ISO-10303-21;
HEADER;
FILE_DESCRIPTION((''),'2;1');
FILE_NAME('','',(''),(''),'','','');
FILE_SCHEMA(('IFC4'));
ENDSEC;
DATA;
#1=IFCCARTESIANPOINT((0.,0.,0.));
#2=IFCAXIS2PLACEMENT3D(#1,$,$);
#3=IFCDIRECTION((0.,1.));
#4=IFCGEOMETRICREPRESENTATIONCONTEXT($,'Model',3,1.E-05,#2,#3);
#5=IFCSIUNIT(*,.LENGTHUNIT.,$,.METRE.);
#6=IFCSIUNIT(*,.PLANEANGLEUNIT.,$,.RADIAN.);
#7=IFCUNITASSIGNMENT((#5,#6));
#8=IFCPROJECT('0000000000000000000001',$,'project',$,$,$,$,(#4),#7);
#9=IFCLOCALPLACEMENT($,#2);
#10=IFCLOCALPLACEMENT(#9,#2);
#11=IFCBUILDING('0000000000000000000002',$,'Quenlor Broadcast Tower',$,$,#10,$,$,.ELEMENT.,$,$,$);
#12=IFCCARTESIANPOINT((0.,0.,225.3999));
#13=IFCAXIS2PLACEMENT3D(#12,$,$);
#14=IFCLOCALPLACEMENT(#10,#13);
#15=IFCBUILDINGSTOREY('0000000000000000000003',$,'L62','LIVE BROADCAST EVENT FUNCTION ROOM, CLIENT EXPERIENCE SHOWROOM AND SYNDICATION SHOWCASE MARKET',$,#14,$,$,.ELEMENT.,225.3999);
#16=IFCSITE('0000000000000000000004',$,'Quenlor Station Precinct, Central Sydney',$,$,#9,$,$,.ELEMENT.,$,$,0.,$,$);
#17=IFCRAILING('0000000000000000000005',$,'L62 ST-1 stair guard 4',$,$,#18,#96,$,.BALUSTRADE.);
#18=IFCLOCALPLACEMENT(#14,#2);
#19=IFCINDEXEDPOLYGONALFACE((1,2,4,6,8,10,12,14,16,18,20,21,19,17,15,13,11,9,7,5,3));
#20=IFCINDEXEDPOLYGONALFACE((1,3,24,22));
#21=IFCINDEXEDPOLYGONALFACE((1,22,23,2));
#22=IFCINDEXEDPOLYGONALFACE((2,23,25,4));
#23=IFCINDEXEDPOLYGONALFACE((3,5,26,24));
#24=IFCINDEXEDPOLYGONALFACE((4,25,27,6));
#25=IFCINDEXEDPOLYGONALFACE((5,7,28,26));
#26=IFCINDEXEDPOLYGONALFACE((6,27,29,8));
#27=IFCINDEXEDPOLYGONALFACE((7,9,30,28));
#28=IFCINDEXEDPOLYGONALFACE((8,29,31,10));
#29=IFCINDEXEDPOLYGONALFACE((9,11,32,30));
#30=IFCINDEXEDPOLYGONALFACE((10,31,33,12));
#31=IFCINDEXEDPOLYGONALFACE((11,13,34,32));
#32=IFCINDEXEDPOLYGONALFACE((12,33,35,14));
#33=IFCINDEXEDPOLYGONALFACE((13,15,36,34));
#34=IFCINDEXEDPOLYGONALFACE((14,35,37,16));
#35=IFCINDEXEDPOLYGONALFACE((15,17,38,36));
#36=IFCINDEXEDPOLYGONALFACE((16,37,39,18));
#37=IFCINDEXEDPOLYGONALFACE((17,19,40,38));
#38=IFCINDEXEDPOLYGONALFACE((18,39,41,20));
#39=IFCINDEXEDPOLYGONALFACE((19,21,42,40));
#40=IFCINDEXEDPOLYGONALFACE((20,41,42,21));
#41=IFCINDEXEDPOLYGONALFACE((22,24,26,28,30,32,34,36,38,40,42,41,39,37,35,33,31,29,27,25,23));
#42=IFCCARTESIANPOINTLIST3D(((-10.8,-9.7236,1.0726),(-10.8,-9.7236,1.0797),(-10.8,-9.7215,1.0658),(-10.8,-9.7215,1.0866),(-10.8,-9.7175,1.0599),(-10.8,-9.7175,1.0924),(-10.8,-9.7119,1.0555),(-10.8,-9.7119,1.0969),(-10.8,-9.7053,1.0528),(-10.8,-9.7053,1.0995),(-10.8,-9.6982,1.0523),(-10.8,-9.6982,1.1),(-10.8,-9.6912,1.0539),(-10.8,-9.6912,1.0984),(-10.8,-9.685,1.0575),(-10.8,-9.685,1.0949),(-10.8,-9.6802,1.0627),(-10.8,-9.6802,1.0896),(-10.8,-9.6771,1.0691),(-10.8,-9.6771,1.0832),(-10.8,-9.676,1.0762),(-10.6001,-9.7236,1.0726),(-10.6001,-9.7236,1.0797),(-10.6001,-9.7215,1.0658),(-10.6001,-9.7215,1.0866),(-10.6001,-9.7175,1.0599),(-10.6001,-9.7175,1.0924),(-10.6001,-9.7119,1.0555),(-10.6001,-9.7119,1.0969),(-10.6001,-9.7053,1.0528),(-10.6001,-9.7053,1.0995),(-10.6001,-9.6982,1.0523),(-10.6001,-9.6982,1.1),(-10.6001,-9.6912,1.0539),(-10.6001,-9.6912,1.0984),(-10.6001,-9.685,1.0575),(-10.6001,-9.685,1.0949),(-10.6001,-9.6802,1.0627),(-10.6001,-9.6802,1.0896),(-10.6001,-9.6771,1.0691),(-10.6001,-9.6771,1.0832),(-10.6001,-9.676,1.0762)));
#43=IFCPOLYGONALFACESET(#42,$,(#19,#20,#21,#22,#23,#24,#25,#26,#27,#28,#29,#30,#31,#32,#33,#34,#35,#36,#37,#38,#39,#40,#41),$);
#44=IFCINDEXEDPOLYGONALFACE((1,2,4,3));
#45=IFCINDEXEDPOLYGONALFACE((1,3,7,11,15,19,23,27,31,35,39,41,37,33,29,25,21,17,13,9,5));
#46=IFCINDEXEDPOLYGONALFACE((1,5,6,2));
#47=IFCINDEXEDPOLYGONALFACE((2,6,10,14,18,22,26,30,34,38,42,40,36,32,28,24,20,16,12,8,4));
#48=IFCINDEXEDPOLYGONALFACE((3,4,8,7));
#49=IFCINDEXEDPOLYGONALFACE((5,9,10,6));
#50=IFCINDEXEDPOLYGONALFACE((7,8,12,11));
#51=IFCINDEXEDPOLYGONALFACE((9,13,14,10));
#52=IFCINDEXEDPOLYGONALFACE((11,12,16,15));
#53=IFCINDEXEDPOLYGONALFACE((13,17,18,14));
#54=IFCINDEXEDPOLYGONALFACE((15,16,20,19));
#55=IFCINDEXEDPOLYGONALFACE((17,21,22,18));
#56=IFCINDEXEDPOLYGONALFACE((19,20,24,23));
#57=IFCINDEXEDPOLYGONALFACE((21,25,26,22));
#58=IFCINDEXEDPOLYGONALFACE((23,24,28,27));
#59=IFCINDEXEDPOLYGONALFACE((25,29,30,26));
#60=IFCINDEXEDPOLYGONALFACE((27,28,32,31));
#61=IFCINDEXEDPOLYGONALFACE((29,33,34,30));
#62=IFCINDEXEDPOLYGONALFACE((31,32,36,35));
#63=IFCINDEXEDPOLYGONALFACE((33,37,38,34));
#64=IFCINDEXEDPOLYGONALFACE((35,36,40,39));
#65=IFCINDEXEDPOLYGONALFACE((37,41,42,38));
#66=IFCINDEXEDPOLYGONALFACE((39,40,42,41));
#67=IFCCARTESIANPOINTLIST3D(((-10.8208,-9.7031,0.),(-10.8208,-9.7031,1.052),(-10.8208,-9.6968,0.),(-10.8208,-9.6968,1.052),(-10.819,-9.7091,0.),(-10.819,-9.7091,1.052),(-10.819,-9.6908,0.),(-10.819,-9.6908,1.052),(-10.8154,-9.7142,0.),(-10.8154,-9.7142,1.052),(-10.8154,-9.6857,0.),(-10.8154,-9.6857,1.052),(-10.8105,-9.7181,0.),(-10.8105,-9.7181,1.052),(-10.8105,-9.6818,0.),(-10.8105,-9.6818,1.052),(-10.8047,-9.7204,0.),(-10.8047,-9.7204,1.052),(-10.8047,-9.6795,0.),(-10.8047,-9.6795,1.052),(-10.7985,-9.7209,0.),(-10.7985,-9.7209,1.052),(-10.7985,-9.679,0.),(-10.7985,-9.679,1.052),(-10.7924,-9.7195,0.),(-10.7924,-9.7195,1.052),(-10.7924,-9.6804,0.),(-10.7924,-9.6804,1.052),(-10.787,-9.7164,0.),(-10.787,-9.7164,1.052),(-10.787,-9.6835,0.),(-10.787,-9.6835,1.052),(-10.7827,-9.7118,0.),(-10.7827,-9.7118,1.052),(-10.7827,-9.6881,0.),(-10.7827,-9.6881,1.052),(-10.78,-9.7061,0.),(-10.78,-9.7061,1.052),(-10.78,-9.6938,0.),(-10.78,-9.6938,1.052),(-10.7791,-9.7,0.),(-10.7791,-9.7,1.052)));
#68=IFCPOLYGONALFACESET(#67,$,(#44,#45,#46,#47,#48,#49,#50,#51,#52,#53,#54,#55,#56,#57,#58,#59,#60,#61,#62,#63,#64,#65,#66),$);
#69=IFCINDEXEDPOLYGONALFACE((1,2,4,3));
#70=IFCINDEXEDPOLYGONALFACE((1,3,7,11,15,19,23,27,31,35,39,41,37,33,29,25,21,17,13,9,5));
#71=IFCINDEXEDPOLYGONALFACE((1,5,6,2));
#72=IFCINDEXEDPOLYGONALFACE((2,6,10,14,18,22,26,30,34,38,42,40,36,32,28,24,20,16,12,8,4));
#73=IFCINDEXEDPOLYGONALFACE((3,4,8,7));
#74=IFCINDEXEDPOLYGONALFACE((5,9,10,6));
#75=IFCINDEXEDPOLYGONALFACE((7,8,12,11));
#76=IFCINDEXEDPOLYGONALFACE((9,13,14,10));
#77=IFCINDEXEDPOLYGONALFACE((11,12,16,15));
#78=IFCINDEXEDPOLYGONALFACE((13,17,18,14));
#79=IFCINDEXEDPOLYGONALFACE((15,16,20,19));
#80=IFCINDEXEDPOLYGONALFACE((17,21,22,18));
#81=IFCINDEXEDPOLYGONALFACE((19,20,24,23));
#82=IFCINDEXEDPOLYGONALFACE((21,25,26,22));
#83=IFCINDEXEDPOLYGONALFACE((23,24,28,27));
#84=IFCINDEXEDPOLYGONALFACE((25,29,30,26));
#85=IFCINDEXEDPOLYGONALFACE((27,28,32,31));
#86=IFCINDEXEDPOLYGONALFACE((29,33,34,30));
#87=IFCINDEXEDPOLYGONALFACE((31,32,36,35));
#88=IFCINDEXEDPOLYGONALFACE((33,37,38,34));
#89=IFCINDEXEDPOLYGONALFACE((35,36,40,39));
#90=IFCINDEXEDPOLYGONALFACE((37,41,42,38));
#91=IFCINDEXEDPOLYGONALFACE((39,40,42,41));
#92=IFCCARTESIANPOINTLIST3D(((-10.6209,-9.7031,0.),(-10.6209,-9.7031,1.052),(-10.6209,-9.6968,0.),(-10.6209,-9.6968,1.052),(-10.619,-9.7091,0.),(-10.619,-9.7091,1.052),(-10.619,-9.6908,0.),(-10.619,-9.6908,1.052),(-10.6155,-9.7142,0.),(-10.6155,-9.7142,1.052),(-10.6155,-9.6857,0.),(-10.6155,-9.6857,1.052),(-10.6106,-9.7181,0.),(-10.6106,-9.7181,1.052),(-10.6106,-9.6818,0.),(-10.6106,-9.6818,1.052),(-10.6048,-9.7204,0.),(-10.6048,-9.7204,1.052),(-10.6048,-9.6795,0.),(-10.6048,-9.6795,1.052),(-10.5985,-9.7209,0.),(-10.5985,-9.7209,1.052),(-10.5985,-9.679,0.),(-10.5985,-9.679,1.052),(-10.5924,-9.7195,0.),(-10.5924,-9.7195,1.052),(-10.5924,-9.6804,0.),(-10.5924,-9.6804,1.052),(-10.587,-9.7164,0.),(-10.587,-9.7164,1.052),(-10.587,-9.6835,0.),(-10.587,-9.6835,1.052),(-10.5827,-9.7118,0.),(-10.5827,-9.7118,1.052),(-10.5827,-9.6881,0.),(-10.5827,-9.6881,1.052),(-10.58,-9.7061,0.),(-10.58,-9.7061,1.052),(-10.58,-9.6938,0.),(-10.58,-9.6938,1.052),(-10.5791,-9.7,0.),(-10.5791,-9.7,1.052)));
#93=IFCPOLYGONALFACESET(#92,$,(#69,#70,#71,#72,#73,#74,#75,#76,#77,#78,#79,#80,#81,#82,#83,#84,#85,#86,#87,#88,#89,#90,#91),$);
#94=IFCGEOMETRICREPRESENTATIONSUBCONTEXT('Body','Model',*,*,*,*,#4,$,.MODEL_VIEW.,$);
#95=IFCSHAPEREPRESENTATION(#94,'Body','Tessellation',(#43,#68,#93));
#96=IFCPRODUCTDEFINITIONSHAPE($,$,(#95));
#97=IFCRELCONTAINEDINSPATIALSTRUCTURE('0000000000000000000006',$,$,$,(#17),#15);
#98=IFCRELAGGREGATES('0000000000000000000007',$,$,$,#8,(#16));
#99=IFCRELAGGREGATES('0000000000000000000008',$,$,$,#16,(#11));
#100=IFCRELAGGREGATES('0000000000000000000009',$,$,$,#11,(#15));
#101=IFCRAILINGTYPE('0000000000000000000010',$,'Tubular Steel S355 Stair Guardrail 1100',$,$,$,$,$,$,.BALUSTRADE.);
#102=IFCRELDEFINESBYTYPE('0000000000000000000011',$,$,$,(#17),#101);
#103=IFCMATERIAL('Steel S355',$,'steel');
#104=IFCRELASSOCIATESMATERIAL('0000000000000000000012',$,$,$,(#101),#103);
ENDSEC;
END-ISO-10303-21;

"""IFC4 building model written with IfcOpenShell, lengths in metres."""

from ifc_helpers import new_model, si_unit, direction, frame, origin, origin_2d, place, context, subcontext, project, spatial, circle, extrude, material, type_object, element, save


model = new_model("IFC4")

# Units and contexts
model_context = context("Model", 3, precision=1e-05, world=origin(), true_north=direction((0.0, 1.0)))
body_context = subcontext(model_context, "Body", "Model", "MODEL_VIEW")
ifc_project = project(units=[si_unit("LENGTHUNIT", "METRE"), si_unit("PLANEANGLEUNIT", "RADIAN")], contexts=[model_context])

# Site, building, storey
site_placement = place(None, origin())
site = spatial("IfcSite", under=ifc_project, at=site_placement, Name="Quenlor Station Precinct, Central Sydney", CompositionType="ELEMENT", RefElevation=0.0)
building_placement = place(site_placement, origin())
building = spatial("IfcBuilding", under=site, at=building_placement, Name="Quenlor Broadcast Tower", CompositionType="ELEMENT")
storey_placement = place(building_placement, frame((0.0, 0.0, 225.3999)))
storey = spatial("IfcBuildingStorey", under=building, at=storey_placement, Name="L62", Description="LIVE BROADCAST EVENT FUNCTION ROOM, CLIENT EXPERIENCE SHOWROOM AND SYNDICATION SHOWCASE MARKET", CompositionType="ELEMENT", Elevation=225.3999)

# Railing
ifc_material_1 = material(Name="Steel S355", Category="steel")
railing_type = type_object("IfcRailingType", Name="Tubular Steel S355 Stair Guardrail 1100", PredefinedType="BALUSTRADE", material=ifc_material_1)
railing_1_placement = place(storey_placement, frame((-10.8, -9.7, 0.0)))
element("IfcRailing", 1, at=railing_1_placement, inside=storey, type_object=railing_type, Name="L62 ST-1 stair guard 4", PredefinedType="BALUSTRADE", context=body_context, shape_type="SweptSolid", body=[
    extrude(circle(Radius=0.0239, at=origin_2d()), frame((0.0, 0.0, 1.0762), z_axis=(1.0, 0.0, 0.0), x_axis=(0.0, 1.0, 0.0)), (0.0, 0.0, 1.0), 0.2),
    extrude(circle(Radius=0.021, at=origin_2d()), origin(), (0.0, 0.0, 1.0), 1.052),
    extrude(circle(Radius=0.021, at=origin_2d()), frame((0.2, 0.0, 0.0)), (0.0, 0.0, 1.0), 1.052),
])

save(model, "model.ifc")
